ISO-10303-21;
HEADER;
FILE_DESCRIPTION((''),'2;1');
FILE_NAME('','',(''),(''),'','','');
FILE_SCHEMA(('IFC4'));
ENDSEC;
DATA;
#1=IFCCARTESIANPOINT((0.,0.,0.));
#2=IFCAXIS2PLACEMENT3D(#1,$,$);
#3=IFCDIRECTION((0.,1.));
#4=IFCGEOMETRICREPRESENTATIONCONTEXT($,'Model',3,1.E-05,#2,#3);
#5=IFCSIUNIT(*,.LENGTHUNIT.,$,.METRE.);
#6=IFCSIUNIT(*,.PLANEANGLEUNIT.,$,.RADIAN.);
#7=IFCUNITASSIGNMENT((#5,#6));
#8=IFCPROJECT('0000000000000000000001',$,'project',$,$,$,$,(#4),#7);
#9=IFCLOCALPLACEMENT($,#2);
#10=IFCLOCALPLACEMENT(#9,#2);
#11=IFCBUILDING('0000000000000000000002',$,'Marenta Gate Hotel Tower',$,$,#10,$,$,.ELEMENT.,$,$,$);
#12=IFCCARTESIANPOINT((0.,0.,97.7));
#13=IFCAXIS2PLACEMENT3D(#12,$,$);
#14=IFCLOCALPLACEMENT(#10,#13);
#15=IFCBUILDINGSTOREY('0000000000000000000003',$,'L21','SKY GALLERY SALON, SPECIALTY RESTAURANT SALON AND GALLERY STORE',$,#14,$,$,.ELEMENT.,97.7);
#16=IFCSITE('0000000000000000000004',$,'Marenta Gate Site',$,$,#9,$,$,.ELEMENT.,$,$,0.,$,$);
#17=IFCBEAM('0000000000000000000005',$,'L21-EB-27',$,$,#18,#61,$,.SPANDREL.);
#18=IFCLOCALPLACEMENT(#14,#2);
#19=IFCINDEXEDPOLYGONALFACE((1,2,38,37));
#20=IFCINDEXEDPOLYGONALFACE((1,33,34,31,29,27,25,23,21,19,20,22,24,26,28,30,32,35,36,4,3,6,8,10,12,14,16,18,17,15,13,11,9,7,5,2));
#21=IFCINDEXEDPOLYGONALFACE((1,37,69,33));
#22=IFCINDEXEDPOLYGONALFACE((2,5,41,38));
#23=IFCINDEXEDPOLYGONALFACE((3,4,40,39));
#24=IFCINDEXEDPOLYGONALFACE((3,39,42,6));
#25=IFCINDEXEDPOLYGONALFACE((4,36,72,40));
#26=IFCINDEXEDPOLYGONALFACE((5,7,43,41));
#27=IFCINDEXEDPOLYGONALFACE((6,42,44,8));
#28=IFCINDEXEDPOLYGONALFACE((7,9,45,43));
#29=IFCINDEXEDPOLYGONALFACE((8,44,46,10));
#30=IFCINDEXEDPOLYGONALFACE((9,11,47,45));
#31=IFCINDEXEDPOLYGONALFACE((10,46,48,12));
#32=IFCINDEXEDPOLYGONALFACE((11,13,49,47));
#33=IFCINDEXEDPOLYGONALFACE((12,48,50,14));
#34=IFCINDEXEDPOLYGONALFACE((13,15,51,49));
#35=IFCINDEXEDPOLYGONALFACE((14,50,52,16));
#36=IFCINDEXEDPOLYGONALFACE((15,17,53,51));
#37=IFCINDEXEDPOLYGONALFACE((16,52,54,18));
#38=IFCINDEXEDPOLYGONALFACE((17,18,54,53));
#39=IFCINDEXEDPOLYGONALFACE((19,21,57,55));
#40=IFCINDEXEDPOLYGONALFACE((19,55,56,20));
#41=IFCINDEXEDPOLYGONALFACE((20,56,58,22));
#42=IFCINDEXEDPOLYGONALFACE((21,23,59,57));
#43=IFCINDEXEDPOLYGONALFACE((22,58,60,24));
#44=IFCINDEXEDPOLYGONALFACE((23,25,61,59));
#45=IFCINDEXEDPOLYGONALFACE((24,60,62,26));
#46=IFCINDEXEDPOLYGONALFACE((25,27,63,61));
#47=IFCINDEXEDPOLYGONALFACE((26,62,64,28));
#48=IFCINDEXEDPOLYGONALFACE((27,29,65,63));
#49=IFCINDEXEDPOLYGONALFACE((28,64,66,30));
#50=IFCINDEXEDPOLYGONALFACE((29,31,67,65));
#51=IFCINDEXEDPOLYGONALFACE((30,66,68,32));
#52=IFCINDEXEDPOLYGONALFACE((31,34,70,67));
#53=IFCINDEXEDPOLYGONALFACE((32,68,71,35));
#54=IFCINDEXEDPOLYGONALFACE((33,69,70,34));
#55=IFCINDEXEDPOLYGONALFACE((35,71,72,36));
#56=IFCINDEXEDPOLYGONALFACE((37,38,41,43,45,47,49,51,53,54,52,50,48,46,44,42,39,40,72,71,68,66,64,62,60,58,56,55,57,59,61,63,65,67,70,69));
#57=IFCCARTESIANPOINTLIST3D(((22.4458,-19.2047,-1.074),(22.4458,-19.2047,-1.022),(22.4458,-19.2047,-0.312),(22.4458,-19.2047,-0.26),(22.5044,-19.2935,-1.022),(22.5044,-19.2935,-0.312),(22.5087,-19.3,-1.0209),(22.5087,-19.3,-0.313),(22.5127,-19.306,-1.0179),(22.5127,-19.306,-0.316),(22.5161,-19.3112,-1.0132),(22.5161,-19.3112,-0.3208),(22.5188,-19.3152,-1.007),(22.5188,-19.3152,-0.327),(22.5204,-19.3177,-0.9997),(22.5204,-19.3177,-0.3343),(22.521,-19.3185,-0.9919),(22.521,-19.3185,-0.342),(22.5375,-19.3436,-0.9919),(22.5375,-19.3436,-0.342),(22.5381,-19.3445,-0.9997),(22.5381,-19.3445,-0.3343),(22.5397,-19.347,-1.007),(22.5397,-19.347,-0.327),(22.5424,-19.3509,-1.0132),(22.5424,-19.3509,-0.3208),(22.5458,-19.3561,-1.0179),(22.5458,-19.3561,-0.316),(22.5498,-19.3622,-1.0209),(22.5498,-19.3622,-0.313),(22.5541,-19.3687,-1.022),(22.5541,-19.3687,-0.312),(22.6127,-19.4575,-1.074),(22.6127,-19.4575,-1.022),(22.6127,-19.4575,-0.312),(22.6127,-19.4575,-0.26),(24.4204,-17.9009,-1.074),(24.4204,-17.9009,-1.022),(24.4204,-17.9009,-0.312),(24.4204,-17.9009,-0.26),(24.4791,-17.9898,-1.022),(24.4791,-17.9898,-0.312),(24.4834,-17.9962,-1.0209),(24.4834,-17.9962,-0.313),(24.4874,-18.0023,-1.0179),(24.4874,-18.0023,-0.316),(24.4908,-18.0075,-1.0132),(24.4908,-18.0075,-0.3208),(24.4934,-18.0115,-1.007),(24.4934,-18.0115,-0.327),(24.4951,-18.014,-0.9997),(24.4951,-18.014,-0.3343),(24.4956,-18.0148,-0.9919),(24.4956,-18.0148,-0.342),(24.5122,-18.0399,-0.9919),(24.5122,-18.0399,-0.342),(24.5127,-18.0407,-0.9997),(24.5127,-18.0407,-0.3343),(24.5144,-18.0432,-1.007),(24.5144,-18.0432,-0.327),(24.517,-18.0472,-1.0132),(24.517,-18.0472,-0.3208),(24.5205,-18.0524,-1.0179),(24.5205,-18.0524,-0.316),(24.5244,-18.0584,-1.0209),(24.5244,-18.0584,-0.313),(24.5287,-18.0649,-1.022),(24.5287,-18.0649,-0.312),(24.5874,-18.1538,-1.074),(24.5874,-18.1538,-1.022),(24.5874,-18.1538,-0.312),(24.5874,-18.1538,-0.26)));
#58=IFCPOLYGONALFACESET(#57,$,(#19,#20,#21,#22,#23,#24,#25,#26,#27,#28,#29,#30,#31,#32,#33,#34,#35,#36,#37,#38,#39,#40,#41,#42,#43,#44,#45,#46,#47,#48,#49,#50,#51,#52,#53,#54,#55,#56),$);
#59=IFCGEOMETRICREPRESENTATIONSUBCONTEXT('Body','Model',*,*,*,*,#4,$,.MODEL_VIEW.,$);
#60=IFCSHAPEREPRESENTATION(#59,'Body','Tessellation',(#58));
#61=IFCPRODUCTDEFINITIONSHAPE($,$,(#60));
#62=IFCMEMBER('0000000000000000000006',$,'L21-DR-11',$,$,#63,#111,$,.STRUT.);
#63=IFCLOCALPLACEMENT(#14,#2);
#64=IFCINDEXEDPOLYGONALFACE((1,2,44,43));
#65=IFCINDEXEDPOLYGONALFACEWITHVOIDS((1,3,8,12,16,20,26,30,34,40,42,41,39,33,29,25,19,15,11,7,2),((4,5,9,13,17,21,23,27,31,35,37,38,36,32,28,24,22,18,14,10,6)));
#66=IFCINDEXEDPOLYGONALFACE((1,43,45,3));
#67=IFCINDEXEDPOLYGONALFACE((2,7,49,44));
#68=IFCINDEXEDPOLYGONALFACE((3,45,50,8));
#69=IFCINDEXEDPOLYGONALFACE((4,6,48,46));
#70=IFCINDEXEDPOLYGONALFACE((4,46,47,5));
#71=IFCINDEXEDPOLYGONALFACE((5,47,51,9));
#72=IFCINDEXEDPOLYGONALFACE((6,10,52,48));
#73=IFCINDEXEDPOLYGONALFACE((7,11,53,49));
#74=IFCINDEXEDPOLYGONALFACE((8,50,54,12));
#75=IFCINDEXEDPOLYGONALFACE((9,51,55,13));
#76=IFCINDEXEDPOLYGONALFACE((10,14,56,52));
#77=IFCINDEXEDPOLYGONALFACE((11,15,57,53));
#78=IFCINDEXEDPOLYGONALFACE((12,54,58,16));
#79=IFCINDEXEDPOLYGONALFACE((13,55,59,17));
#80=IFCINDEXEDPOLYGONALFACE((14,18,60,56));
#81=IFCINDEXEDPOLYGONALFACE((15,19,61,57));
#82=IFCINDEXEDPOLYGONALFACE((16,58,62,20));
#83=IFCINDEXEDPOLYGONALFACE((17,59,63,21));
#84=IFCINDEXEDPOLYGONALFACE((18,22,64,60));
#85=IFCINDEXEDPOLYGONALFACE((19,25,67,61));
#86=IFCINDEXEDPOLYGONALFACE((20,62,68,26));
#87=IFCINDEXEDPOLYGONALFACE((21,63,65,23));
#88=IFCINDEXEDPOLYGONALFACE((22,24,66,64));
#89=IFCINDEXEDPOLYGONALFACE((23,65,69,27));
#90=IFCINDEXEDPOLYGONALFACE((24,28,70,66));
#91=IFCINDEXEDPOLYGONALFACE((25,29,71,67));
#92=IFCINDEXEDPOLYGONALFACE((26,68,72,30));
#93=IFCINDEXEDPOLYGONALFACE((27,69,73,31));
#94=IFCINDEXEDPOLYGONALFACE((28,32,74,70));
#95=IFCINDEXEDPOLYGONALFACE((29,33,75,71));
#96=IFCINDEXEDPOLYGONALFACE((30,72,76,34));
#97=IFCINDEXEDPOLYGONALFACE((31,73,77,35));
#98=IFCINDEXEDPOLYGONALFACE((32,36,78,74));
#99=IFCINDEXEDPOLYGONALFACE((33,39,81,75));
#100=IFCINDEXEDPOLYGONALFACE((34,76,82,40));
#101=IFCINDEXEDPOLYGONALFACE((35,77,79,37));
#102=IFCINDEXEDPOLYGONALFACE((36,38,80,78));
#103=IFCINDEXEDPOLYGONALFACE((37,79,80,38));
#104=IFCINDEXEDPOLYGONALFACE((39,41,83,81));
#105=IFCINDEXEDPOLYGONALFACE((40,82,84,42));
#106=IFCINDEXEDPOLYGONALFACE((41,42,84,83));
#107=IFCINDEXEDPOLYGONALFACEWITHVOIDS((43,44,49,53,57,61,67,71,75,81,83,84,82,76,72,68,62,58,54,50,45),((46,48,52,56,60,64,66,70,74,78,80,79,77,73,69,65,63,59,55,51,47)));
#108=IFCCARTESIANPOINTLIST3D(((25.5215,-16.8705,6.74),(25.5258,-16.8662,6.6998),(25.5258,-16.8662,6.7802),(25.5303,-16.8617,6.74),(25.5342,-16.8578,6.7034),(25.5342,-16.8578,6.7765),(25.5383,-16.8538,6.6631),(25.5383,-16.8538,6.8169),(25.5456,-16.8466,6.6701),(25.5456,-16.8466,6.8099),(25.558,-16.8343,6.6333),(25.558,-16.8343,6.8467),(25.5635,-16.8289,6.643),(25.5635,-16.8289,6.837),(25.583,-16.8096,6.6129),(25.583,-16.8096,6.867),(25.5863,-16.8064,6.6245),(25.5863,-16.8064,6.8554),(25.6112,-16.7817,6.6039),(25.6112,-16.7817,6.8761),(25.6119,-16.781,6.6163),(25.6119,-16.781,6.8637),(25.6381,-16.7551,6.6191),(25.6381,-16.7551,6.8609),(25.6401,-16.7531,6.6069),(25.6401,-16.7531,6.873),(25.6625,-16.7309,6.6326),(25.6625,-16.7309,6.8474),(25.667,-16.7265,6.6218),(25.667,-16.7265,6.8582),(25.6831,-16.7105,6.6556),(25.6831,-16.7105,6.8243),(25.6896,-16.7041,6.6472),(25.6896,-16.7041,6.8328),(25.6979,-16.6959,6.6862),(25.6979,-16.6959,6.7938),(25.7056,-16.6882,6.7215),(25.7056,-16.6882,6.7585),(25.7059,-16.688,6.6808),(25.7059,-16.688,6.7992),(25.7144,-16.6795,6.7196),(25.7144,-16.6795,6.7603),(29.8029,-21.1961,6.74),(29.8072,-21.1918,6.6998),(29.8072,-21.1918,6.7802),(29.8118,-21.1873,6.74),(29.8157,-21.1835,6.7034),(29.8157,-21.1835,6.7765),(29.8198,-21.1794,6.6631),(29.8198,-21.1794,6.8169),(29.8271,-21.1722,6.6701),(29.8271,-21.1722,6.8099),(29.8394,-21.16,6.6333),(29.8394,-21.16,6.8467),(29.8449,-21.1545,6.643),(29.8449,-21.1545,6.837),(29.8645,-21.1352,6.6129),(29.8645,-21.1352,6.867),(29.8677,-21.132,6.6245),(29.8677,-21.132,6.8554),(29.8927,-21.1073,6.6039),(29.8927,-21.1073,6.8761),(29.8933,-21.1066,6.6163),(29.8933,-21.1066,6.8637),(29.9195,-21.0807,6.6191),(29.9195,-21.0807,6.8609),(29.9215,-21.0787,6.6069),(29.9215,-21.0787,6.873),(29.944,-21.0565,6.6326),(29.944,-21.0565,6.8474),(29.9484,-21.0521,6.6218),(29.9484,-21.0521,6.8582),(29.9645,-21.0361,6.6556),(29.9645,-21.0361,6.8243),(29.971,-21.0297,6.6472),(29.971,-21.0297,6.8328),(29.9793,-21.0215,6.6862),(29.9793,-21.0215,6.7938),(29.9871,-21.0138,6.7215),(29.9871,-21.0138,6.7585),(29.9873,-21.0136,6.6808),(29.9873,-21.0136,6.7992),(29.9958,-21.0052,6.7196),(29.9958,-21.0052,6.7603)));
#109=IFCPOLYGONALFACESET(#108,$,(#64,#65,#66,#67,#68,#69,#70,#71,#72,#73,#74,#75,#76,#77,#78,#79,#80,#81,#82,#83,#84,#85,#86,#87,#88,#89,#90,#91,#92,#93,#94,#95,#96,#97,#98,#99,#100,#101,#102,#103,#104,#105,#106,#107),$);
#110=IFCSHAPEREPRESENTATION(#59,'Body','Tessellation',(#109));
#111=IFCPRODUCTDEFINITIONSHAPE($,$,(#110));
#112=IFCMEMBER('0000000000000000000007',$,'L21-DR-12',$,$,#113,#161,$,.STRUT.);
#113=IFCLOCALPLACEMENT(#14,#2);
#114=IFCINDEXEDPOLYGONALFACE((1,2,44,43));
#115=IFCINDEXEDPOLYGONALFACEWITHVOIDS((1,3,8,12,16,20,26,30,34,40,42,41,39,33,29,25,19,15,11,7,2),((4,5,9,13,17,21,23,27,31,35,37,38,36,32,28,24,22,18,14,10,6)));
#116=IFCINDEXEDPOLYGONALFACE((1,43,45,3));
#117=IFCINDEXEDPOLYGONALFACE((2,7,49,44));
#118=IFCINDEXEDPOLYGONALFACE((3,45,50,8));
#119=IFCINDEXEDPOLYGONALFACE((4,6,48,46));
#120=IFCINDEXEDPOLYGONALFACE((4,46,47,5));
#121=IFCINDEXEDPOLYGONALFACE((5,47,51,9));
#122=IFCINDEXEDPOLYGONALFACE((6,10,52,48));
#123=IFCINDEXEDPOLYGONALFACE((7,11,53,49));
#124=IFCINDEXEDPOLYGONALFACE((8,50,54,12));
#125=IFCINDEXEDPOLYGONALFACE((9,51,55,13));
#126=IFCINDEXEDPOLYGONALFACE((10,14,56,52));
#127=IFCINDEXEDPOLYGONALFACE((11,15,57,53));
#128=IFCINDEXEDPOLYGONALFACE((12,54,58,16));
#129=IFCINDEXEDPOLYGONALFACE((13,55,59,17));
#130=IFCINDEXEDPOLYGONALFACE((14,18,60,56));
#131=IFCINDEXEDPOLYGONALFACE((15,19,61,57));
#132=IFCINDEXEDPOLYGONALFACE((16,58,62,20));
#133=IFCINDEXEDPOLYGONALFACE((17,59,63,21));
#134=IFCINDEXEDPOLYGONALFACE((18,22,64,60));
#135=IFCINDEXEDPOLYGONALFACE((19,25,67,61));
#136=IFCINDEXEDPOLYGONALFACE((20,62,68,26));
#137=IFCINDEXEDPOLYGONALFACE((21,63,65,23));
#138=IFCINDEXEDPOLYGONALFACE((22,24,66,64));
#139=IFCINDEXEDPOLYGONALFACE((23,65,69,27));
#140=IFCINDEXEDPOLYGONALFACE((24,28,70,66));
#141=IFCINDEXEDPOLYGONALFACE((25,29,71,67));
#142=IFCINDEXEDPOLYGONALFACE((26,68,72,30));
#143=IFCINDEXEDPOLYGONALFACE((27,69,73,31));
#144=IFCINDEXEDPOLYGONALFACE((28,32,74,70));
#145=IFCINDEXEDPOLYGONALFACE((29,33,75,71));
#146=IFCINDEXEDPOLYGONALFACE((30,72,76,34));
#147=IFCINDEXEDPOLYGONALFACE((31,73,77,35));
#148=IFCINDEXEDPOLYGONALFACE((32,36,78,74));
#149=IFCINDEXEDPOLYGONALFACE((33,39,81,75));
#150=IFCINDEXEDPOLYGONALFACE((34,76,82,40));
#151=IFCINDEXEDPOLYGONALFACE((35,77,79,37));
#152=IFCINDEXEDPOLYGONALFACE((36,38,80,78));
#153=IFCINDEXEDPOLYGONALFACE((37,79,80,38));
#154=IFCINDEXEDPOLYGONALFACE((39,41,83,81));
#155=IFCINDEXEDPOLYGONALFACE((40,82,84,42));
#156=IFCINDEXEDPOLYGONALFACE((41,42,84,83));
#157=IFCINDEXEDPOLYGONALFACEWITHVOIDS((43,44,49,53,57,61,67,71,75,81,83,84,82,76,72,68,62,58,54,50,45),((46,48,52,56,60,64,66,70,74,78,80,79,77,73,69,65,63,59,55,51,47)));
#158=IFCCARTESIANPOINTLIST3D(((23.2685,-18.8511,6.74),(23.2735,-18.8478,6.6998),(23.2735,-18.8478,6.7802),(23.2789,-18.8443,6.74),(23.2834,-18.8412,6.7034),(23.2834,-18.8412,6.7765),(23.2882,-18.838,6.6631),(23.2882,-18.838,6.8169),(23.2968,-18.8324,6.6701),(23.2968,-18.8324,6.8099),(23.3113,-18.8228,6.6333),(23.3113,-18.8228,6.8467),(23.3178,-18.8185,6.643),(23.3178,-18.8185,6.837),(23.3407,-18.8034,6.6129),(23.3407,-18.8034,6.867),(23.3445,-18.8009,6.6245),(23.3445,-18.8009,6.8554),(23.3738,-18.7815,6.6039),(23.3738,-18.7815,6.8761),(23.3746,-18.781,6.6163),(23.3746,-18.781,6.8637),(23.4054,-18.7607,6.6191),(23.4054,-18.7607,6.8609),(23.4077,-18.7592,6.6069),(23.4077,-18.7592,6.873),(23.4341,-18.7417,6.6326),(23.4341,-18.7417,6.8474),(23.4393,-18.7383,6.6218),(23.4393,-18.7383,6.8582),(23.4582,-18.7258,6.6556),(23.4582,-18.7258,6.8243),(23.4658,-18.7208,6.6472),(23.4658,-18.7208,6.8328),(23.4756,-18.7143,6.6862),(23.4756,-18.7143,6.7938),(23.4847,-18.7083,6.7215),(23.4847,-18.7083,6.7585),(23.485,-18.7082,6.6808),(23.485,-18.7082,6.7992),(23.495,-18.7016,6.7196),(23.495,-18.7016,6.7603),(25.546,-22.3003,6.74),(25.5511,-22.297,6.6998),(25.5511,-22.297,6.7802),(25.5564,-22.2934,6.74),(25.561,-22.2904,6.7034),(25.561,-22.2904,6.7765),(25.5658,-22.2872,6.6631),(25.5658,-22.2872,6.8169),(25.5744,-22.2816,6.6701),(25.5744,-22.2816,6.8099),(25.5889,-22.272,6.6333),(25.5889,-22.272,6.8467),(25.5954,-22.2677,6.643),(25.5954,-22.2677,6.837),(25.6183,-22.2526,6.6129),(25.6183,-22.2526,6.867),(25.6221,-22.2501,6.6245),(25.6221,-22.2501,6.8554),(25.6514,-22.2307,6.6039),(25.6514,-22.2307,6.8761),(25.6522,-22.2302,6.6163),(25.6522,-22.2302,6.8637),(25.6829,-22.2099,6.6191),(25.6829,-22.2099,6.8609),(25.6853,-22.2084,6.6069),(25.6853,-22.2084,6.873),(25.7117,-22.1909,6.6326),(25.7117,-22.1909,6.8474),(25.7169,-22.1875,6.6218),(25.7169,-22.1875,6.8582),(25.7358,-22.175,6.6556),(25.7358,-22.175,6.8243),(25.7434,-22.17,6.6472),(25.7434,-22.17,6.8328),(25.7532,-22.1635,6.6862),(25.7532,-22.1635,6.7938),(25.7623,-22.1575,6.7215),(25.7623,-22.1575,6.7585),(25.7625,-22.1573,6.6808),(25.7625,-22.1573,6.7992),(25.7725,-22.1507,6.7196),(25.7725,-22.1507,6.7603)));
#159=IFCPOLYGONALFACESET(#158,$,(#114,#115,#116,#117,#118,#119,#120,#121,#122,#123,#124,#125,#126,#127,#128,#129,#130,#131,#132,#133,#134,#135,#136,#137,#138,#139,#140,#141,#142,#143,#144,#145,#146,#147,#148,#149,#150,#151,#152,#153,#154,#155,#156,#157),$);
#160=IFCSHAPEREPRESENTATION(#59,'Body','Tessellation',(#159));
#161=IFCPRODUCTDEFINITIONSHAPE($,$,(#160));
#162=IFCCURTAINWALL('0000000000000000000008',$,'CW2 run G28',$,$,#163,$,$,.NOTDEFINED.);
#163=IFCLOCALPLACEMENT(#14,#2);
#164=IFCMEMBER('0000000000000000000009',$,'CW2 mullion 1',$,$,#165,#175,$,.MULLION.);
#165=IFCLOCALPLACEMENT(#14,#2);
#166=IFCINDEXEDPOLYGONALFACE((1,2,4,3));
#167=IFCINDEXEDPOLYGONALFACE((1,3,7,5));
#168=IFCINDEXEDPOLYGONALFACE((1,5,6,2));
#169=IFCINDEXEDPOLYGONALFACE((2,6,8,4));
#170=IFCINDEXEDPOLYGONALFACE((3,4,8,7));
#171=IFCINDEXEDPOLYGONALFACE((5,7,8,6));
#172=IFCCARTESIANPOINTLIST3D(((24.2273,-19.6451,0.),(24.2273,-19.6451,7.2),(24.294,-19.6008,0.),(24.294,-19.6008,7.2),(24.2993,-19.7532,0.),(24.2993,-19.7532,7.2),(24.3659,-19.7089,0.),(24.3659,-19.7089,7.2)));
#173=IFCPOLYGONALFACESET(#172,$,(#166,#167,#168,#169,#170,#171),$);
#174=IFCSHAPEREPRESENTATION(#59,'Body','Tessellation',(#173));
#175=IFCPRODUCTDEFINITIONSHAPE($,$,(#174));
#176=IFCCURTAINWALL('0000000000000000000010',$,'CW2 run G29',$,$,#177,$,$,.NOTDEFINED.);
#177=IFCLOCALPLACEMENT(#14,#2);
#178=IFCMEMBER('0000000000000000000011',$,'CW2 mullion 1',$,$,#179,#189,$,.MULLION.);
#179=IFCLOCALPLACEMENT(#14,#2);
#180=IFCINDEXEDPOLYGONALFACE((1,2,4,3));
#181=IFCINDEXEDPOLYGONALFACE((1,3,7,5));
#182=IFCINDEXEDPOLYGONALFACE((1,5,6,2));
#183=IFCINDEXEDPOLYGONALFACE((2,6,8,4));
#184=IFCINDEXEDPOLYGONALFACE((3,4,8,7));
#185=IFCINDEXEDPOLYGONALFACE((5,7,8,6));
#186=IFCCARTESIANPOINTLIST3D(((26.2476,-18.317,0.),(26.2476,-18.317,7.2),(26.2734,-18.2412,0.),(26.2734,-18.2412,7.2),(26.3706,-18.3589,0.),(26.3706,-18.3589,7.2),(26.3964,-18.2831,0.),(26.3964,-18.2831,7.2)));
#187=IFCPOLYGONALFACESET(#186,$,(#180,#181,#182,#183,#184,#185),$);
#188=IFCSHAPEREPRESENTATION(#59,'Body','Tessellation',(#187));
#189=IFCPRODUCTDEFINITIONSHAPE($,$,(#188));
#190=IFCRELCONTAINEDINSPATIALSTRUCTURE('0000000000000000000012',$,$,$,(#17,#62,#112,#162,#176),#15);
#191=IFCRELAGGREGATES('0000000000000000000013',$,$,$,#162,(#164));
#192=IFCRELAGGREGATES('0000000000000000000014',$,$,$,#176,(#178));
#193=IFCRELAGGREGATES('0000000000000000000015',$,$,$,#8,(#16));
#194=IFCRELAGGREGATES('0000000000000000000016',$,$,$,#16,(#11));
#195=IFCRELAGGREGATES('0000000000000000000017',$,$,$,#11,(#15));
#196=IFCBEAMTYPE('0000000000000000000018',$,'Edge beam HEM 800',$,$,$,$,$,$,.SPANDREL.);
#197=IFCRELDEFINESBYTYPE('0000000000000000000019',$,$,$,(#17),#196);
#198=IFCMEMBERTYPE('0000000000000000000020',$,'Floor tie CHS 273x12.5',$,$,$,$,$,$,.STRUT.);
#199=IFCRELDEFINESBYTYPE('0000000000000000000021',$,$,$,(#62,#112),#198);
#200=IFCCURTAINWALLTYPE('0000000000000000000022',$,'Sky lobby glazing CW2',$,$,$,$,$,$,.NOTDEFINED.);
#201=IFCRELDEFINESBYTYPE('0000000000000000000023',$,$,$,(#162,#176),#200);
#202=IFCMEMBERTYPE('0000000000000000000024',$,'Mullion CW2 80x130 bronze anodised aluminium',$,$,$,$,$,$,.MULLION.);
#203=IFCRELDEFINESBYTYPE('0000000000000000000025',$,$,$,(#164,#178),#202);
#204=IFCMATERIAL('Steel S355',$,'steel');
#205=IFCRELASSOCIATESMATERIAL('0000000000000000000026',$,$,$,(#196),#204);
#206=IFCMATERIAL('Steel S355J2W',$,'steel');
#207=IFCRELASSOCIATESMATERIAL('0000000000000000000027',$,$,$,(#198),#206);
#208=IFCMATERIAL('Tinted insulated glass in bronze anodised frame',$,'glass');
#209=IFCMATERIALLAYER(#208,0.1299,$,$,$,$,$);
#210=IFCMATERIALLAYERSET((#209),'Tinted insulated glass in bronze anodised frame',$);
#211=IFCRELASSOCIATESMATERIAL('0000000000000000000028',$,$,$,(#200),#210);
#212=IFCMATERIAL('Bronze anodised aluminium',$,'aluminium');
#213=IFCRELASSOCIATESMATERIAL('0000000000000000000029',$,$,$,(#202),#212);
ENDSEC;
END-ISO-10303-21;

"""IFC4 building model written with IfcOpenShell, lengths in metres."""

from ifc_helpers import new_model, si_unit, direction, frame, origin, origin_2d, place, context, subcontext, project, spatial, rectangle, hollow_circle, i_section, extrude, material, layer, layer_set, material_profile, profile_set, type_object, element, aggregate, save


model = new_model("IFC4")

# Units and contexts
model_context = context("Model", 3, precision=1e-05, world=origin(), true_north=direction((0.0, 1.0)))
body_context = subcontext(model_context, "Body", "Model", "MODEL_VIEW")
ifc_project = project(units=[si_unit("LENGTHUNIT", "METRE"), si_unit("PLANEANGLEUNIT", "RADIAN")], contexts=[model_context])

# Site, building, storey
site_placement = place(None, origin())
site = spatial("IfcSite", under=ifc_project, at=site_placement, Name="Marenta Gate Site", CompositionType="ELEMENT", RefElevation=0.0)
building_placement = place(site_placement, origin())
building = spatial("IfcBuilding", under=site, at=building_placement, Name="Marenta Gate Hotel Tower", CompositionType="ELEMENT")
storey_placement = place(building_placement, frame((0.0, 0.0, 97.7)))
storey = spatial("IfcBuildingStorey", under=building, at=storey_placement, Name="L21", Description="SKY GALLERY SALON, SPECIALTY RESTAURANT SALON AND GALLERY STORE", CompositionType="ELEMENT", Elevation=97.7)

# Beam
ifc_material_1 = material(Name="Steel S355", Category="steel")
ifc_material_profile_1 = material_profile(ifc_material_1, i_section(OverallWidth=0.303, OverallDepth=0.814, WebThickness=0.03, FlangeThickness=0.052, FilletRadius=0.03, at=origin_2d()), Name="HEM 800")
ifc_profile_set_1 = profile_set([ifc_material_profile_1], Name="Steel S355")
beam_type = type_object("IfcBeamType", Name="Edge beam HEM 800", PredefinedType="SPANDREL", material=ifc_profile_set_1)
beam_placement = place(storey_placement, frame((24.5039, -18.0273, -0.667), z_axis=(-0.834518, -0.55098, 0.0), x_axis=(0.55098, -0.834518, 0.0)))
element("IfcBeam", 1, at=beam_placement, inside=storey, type_object=beam_type, Name="L21-EB-27", PredefinedType="SPANDREL", context=body_context, shape_type="SweptSolid", body=[
    extrude(i_section(OverallWidth=0.303, OverallDepth=0.814, WebThickness=0.03, FlangeThickness=0.052, FilletRadius=0.03, at=origin_2d()), origin(), (0.0, 0.0, 1.0), 2.3662),
])

# Members
ifc_material_2 = material(Name="Steel S355J2W", Category="steel")
ifc_material_profile_2 = material_profile(ifc_material_2, hollow_circle(Radius=0.1365, WallThickness=0.0125, at=origin_2d()), Name="CHS 273x12.5")
ifc_profile_set_2 = profile_set([ifc_material_profile_2], Name="Steel S355J2W")
member_type_1 = type_object("IfcMemberType", Name="Floor tie CHS 273x12.5", PredefinedType="STRUT", material=ifc_profile_set_2)
member_1_placement = place(storey_placement, frame((29.8999, -21.1001, 6.74), z_axis=(-0.703467, 0.710728, 0.0), x_axis=(-0.710728, -0.703467, 0.0)))
element("IfcMember", 2, at=member_1_placement, inside=storey, type_object=member_type_1, Name="L21-DR-11", PredefinedType="STRUT", context=body_context, shape_type="SweptSolid", body=[
    extrude(hollow_circle(Radius=0.1365, WallThickness=0.0125, at=origin_2d()), origin(), (0.0, 0.0, 1.0), 6.0862),
])
member_2_placement = place(storey_placement, frame((25.6599, -22.2251, 6.74), z_axis=(-0.551028, 0.834487, 0.0), x_axis=(-0.834487, -0.551028, 0.0)))
element("IfcMember", 3, at=member_2_placement, inside=storey, type_object=member_type_1, Name="L21-DR-12", PredefinedType="STRUT", context=body_context, shape_type="SweptSolid", body=[
    extrude(hollow_circle(Radius=0.1365, WallThickness=0.0125, at=origin_2d()), origin(), (0.0, 0.0, 1.0), 4.1333),
])

# Curtain walls, members
ifc_material_3 = material(Name="Tinted insulated glass in bronze anodised frame", Category="glass")
ifc_layer_1 = layer(ifc_material_3, 0.1299)
ifc_layer_set_1 = layer_set([ifc_layer_1], Name="Tinted insulated glass in bronze anodised frame")
curtain_wall_type = type_object("IfcCurtainWallType", Name="Sky lobby glazing CW2", PredefinedType="NOTDEFINED", material=ifc_layer_set_1)
curtain_wall_1_placement = place(storey_placement, origin())
curtain_wall_1 = element("IfcCurtainWall", 4, at=curtain_wall_1_placement, inside=storey, type_object=curtain_wall_type, Name="CW2 run G28", PredefinedType="NOTDEFINED")
ifc_material_4 = material(Name="Bronze anodised aluminium", Category="aluminium")
ifc_material_profile_3 = material_profile(ifc_material_4, rectangle(XDim=0.1299, YDim=0.0801, at=origin_2d()), Name="Mullion CW2 80x130 bronze anodised aluminium")
ifc_profile_set_3 = profile_set([ifc_material_profile_3], Name="Bronze anodised aluminium")
member_type_2 = type_object("IfcMemberType", Name="Mullion CW2 80x130 bronze anodised aluminium", PredefinedType="MULLION", material=ifc_profile_set_3)
member_3_placement = place(storey_placement, frame((24.2966, -19.677, 0.0), z_axis=(0.0, 0.0, 1.0), x_axis=(-0.554024, 0.832501, 0.0)))
member_3 = element("IfcMember", 5, at=member_3_placement, type_object=member_type_2, Name="CW2 mullion 1", PredefinedType="MULLION", context=body_context, shape_type="SweptSolid", body=[
    extrude(rectangle(XDim=0.1299, YDim=0.0801, at=origin_2d()), origin(), (0.0, 0.0, 1.0), 7.2),
])
curtain_wall_2_placement = place(storey_placement, origin())
curtain_wall_2 = element("IfcCurtainWall", 6, at=curtain_wall_2_placement, inside=storey, type_object=curtain_wall_type, Name="CW2 run G29", PredefinedType="NOTDEFINED")
member_4_placement = place(storey_placement, frame((26.322, -18.3, 0.0), z_axis=(0.0, 0.0, 1.0), x_axis=(-0.946747, 0.321978, 0.0)))
member_4 = element("IfcMember", 7, at=member_4_placement, type_object=member_type_2, Name="CW2 mullion 1", PredefinedType="MULLION", context=body_context, shape_type="SweptSolid", body=[
    extrude(rectangle(XDim=0.1299, YDim=0.0801, at=origin_2d()), origin(), (0.0, 0.0, 1.0), 7.2),
])

aggregate(curtain_wall_1, [member_3])
aggregate(curtain_wall_2, [member_4])

save(model, "model.ifc")
